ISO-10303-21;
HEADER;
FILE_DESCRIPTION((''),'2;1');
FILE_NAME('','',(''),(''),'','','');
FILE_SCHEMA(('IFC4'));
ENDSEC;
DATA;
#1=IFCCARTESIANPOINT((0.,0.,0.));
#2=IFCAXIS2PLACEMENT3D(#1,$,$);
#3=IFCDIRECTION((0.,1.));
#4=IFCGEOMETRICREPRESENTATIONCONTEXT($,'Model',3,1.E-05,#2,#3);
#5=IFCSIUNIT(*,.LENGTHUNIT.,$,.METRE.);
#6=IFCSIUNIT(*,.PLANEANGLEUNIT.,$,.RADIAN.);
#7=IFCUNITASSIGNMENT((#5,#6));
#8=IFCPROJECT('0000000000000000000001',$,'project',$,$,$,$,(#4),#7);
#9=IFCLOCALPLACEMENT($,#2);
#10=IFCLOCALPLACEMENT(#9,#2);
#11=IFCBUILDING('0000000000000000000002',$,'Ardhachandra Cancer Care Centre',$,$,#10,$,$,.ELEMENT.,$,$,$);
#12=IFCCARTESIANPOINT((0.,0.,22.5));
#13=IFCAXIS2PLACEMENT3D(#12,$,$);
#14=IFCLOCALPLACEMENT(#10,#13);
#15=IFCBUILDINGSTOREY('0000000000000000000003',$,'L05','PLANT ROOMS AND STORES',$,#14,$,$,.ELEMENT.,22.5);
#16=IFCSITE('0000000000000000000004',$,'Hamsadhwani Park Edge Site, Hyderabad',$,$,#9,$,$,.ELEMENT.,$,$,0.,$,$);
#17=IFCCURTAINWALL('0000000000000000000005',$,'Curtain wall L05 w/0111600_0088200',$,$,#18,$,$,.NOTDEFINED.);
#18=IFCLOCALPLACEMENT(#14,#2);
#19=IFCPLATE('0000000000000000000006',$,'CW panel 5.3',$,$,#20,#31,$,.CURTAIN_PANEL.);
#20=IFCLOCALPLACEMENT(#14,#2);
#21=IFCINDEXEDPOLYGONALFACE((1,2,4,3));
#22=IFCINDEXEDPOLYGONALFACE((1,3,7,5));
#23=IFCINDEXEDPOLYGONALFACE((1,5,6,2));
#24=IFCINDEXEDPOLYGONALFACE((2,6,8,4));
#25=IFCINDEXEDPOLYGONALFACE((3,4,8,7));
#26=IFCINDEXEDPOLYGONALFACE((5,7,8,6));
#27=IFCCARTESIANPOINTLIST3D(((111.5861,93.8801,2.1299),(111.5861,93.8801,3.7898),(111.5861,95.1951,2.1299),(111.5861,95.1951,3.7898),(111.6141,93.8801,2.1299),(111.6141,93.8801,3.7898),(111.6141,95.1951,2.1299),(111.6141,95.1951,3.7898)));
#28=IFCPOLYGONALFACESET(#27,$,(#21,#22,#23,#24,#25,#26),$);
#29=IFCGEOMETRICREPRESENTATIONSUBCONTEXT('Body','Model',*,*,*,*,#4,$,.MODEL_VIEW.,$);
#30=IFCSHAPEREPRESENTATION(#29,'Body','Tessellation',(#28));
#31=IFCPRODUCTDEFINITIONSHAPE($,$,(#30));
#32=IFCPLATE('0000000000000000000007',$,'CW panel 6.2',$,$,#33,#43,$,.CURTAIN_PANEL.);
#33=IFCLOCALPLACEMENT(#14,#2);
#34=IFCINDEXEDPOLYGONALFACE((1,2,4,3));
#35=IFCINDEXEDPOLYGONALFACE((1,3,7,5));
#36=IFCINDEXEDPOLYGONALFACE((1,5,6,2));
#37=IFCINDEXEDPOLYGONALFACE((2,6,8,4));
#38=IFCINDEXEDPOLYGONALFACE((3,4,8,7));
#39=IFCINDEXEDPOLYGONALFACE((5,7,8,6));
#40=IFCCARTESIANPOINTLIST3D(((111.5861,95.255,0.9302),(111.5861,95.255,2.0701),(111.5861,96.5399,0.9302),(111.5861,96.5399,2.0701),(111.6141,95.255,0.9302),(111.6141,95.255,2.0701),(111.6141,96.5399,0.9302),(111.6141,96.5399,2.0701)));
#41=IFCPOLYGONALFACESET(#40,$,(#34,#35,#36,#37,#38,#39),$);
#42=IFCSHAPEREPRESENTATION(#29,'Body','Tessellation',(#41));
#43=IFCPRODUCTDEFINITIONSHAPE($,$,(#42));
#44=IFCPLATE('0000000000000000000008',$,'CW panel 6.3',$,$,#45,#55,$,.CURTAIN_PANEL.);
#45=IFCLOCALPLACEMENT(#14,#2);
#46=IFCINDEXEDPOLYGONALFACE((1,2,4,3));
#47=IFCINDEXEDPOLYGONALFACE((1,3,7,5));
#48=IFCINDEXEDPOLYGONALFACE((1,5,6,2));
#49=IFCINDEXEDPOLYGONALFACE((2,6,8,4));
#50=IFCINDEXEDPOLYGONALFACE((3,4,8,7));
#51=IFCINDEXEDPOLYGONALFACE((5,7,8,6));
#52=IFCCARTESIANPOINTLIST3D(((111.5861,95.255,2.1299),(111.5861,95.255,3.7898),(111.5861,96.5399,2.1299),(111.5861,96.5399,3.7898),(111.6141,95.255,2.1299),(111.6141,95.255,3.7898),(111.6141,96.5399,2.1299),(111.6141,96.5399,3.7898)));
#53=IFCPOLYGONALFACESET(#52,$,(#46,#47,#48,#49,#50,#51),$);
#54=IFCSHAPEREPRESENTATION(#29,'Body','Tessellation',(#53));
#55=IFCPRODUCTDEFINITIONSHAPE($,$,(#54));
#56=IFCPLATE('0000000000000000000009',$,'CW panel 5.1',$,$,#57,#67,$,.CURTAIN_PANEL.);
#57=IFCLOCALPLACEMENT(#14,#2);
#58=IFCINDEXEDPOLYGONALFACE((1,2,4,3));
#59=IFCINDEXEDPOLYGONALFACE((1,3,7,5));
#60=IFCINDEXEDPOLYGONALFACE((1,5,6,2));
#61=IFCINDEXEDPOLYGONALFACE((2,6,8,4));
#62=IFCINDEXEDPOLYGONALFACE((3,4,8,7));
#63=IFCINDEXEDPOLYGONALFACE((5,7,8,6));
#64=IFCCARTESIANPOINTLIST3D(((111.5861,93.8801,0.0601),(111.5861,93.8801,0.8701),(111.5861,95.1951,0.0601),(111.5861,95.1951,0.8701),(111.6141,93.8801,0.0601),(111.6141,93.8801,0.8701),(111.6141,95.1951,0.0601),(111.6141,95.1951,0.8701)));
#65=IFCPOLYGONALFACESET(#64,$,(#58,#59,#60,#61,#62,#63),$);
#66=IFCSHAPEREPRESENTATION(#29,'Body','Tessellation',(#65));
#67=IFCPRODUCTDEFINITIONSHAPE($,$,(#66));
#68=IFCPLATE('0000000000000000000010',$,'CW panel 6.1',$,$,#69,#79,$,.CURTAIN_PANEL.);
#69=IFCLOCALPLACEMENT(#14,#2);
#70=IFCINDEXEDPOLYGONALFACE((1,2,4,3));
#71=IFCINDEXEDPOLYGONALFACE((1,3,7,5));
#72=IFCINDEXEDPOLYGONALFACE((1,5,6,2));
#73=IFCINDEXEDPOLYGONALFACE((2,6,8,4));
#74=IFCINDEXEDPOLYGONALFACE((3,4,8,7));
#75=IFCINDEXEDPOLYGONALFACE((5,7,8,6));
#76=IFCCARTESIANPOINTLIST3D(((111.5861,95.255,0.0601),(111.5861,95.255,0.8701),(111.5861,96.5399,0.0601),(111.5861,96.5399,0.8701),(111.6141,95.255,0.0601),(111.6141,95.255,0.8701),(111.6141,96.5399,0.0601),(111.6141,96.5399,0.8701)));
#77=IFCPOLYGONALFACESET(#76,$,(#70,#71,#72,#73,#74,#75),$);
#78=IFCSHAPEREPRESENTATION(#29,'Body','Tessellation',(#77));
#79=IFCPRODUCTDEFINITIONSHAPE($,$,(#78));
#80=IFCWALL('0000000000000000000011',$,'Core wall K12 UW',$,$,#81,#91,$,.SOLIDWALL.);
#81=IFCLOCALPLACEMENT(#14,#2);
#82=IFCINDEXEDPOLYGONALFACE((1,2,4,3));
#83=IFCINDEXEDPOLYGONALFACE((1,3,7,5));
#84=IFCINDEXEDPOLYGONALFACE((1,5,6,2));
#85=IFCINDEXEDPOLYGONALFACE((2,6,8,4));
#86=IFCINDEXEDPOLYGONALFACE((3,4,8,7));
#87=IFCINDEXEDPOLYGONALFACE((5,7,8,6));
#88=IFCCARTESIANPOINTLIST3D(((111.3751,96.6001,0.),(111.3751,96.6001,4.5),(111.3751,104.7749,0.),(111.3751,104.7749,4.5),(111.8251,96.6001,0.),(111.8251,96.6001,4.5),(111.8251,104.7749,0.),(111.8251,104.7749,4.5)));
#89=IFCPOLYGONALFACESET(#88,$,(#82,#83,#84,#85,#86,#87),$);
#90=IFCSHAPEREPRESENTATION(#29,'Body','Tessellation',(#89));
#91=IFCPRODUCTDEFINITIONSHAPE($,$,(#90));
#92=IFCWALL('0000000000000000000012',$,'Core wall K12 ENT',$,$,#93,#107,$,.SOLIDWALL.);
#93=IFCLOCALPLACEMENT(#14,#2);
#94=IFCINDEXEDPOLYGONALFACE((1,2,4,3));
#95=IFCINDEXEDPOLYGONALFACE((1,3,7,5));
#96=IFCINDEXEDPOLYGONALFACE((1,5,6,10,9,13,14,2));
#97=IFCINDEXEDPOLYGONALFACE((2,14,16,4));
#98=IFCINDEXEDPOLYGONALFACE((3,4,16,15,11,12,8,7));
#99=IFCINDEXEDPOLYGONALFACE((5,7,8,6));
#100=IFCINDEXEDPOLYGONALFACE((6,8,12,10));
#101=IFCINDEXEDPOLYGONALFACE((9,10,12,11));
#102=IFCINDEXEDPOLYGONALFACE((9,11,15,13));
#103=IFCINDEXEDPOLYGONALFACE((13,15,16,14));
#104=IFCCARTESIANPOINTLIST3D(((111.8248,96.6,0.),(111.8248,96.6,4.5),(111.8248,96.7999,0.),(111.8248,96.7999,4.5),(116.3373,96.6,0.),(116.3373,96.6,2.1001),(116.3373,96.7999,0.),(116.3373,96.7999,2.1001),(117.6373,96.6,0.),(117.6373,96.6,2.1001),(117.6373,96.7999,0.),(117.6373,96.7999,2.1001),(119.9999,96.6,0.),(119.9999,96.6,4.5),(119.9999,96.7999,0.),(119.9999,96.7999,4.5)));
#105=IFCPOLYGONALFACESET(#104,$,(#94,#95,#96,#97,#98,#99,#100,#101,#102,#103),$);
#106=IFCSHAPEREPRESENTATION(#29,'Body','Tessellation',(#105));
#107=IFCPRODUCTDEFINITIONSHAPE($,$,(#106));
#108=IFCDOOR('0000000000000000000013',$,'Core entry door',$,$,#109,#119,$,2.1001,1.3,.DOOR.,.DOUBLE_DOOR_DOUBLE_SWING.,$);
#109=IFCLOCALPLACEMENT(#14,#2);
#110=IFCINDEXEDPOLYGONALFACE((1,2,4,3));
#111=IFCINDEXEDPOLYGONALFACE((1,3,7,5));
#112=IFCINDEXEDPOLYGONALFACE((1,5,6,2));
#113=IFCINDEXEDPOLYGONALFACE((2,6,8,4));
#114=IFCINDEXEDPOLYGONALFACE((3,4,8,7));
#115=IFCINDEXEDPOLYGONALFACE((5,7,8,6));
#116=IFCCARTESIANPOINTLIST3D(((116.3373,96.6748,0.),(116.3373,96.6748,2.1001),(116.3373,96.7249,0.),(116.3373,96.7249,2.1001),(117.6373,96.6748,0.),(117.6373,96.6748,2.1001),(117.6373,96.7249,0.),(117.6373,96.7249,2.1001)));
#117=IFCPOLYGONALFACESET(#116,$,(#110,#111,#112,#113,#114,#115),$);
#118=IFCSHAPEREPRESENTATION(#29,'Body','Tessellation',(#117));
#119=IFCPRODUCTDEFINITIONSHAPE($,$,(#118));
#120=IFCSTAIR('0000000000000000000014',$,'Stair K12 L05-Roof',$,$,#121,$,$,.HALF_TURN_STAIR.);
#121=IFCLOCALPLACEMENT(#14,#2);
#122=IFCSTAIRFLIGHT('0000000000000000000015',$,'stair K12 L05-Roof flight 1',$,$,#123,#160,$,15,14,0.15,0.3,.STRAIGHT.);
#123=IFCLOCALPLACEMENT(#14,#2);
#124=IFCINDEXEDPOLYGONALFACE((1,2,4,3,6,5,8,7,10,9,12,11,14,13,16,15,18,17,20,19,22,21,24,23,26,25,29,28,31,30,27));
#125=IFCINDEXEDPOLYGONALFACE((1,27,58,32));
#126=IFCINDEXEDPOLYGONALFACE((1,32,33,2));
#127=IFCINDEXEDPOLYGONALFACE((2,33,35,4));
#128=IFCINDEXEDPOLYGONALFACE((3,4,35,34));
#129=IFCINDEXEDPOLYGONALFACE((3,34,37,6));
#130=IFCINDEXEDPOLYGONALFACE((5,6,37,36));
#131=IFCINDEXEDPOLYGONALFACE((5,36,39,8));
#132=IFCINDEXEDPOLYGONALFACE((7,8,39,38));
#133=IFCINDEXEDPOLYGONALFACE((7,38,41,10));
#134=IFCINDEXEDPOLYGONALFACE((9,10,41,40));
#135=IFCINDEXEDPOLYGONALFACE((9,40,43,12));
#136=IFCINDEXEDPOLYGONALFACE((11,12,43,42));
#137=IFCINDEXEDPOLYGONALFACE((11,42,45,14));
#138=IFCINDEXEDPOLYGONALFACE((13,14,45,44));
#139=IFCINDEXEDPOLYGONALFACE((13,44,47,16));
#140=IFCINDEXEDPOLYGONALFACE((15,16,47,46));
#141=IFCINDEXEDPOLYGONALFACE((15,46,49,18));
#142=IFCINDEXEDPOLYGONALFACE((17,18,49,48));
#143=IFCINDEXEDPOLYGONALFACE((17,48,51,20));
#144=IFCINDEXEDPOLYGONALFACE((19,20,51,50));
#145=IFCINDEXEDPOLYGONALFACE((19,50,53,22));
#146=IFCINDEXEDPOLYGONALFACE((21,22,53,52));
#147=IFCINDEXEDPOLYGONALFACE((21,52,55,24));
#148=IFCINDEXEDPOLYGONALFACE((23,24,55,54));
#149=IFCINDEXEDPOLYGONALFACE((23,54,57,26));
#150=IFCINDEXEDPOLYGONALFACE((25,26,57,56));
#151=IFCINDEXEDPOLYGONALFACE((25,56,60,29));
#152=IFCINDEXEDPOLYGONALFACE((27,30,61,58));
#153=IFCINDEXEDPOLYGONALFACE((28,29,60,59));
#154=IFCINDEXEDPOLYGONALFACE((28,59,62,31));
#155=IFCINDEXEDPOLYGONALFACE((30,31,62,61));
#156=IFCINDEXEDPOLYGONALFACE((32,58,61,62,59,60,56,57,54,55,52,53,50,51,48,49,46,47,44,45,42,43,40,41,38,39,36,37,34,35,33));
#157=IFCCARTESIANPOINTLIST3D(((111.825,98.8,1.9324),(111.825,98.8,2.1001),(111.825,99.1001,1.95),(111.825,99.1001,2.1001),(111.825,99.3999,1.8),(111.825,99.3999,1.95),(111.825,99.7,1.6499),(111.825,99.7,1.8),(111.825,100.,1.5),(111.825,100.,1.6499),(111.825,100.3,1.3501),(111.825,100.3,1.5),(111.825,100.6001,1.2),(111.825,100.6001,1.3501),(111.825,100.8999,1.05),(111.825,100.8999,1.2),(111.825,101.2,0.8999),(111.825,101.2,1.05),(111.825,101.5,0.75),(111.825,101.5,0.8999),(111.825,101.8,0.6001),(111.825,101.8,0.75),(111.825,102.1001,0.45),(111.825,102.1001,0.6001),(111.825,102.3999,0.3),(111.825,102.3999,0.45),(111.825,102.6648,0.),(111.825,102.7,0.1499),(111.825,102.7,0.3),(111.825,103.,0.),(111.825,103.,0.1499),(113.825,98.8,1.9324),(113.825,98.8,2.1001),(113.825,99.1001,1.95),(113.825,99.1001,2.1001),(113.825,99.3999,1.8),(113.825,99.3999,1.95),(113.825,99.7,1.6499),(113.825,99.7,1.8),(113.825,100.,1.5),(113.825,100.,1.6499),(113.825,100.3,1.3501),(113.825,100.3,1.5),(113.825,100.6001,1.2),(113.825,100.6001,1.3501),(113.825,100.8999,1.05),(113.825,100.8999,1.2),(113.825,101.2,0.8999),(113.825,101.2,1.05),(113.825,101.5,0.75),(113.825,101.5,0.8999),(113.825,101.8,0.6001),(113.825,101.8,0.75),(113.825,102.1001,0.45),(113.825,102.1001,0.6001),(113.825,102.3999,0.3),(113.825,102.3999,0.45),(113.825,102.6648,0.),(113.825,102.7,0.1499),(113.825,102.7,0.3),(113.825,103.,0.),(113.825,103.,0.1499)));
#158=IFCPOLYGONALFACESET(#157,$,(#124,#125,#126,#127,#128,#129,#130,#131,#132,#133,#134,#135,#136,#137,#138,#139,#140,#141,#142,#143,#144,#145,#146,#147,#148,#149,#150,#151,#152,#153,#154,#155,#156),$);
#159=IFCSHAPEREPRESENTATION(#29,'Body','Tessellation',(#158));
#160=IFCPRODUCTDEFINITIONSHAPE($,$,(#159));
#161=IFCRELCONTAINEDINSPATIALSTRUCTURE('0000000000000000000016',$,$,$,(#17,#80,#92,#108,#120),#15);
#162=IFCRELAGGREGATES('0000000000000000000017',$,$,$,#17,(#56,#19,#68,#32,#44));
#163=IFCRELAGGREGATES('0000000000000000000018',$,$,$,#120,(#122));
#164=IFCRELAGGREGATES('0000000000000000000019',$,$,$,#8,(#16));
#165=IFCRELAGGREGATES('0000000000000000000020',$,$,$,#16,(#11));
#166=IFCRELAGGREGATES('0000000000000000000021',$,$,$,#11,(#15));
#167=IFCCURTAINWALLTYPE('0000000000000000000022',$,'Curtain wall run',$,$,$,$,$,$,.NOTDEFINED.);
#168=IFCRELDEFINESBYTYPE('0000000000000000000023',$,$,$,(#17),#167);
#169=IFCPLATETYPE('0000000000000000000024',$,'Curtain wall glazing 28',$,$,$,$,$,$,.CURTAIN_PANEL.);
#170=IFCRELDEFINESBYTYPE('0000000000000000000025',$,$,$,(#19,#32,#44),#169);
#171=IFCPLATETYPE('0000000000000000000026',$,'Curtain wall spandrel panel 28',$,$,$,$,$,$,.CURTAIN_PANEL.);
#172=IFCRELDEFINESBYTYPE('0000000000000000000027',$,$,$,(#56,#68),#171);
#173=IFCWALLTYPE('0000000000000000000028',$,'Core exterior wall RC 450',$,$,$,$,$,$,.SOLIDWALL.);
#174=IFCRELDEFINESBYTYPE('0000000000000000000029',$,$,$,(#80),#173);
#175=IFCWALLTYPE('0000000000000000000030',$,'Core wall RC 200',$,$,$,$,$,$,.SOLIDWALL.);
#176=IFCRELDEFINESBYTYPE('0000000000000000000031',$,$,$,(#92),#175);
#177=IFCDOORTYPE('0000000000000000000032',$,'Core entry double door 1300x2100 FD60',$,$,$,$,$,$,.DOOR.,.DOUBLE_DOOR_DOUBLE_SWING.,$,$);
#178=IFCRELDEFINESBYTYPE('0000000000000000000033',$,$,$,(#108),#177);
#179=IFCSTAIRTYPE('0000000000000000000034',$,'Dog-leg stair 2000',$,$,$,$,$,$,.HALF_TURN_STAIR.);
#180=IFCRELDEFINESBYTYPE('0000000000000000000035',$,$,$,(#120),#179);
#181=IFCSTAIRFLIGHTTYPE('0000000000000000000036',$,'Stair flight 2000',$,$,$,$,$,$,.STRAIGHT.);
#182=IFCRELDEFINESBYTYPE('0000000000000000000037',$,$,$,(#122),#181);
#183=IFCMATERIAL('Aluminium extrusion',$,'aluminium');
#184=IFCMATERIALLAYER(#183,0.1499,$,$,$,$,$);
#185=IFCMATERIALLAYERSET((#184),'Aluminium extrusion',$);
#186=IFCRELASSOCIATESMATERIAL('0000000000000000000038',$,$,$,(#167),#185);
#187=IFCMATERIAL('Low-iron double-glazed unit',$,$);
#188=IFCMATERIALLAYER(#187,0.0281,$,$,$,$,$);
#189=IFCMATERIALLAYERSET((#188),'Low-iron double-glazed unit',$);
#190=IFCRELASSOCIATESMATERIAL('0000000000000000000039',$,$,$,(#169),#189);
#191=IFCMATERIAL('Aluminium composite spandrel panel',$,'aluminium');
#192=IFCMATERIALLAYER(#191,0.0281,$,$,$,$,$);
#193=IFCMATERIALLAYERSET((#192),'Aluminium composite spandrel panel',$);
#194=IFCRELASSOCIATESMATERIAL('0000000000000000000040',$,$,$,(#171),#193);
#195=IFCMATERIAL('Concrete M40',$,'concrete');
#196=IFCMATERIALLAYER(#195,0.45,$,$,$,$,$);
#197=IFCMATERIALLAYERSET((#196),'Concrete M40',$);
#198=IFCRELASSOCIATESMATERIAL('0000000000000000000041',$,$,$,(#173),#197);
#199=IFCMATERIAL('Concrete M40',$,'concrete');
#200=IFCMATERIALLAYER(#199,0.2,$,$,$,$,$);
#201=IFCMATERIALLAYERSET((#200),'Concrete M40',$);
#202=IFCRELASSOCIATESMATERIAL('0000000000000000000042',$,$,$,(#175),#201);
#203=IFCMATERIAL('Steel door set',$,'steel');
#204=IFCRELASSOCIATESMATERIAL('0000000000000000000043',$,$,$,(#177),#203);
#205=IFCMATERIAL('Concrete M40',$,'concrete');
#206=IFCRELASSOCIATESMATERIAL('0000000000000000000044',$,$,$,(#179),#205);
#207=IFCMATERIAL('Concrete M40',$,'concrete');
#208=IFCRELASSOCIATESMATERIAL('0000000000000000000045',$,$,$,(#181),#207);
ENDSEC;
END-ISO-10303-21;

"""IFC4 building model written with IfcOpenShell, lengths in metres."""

from ifc_helpers import new_model, si_unit, direction, frame, frame_2d, origin, origin_2d, place, context, subcontext, project, spatial, polyline, rectangle, outline, extrude, material, layer, layer_set, type_object, element, fill, aggregate, save


model = new_model("IFC4")

# Units and contexts
model_context = context("Model", 3, precision=1e-05, world=origin(), true_north=direction((0.0, 1.0)))
body_context = subcontext(model_context, "Body", "Model", "MODEL_VIEW")
ifc_project = project(units=[si_unit("LENGTHUNIT", "METRE"), si_unit("PLANEANGLEUNIT", "RADIAN")], contexts=[model_context])

# Site, building, storey
site_placement = place(None, origin())
site = spatial("IfcSite", under=ifc_project, at=site_placement, Name="Hamsadhwani Park Edge Site, Hyderabad", CompositionType="ELEMENT", RefElevation=0.0)
building_placement = place(site_placement, origin())
building = spatial("IfcBuilding", under=site, at=building_placement, Name="Ardhachandra Cancer Care Centre", CompositionType="ELEMENT")
storey_placement = place(building_placement, frame((0.0, 0.0, 22.5)))
storey = spatial("IfcBuildingStorey", under=building, at=storey_placement, Name="L05", Description="PLANT ROOMS AND STORES", CompositionType="ELEMENT", Elevation=22.5)

# Curtain wall, plates
ifc_material_1 = material(Name="Aluminium extrusion", Category="aluminium")
ifc_layer_1 = layer(ifc_material_1, 0.1499)
ifc_layer_set_1 = layer_set([ifc_layer_1], Name="Aluminium extrusion")
curtain_wall_type = type_object("IfcCurtainWallType", Name="Curtain wall run", PredefinedType="NOTDEFINED", material=ifc_layer_set_1)
curtain_wall_placement = place(storey_placement, origin())
curtain_wall = element("IfcCurtainWall", 1, at=curtain_wall_placement, inside=storey, type_object=curtain_wall_type, Name="Curtain wall L05 w/0111600_0088200", PredefinedType="NOTDEFINED")
ifc_material_2 = material(Name="Low-iron double-glazed unit")
ifc_layer_2 = layer(ifc_material_2, 0.0281)
ifc_layer_set_2 = layer_set([ifc_layer_2], Name="Low-iron double-glazed unit")
plate_type_1 = type_object("IfcPlateType", Name="Curtain wall glazing 28", PredefinedType="CURTAIN_PANEL", material=ifc_layer_set_2)
plate_1_placement = place(storey_placement, frame((111.6001, 94.5376, 2.1299), z_axis=(0.0, 0.0, 1.0), x_axis=(0.0, 1.0, 0.0)))
plate_1 = element("IfcPlate", 2, at=plate_1_placement, type_object=plate_type_1, Name="CW panel 5.3", PredefinedType="CURTAIN_PANEL", context=body_context, shape_type="SweptSolid", body=[
    extrude(rectangle(XDim=1.3149, YDim=0.0281, at=origin_2d()), origin(), (0.0, 0.0, 1.0), 1.6599),
])
plate_2_placement = place(storey_placement, frame((111.6001, 95.8975, 0.9302), z_axis=(0.0, 0.0, 1.0), x_axis=(0.0, 1.0, 0.0)))
plate_2 = element("IfcPlate", 3, at=plate_2_placement, type_object=plate_type_1, Name="CW panel 6.2", PredefinedType="CURTAIN_PANEL", context=body_context, shape_type="SweptSolid", body=[
    extrude(rectangle(XDim=1.2849, YDim=0.0281, at=origin_2d()), origin(), (0.0, 0.0, 1.0), 1.1399),
])
plate_3_placement = place(storey_placement, frame((111.6001, 95.8975, 2.1299), z_axis=(0.0, 0.0, 1.0), x_axis=(0.0, 1.0, 0.0)))
plate_3 = element("IfcPlate", 4, at=plate_3_placement, type_object=plate_type_1, Name="CW panel 6.3", PredefinedType="CURTAIN_PANEL", context=body_context, shape_type="SweptSolid", body=[
    extrude(rectangle(XDim=1.2849, YDim=0.0281, at=origin_2d()), origin(), (0.0, 0.0, 1.0), 1.6599),
])
ifc_material_3 = material(Name="Aluminium composite spandrel panel", Category="aluminium")
ifc_layer_3 = layer(ifc_material_3, 0.0281)
ifc_layer_set_3 = layer_set([ifc_layer_3], Name="Aluminium composite spandrel panel")
plate_type_2 = type_object("IfcPlateType", Name="Curtain wall spandrel panel 28", PredefinedType="CURTAIN_PANEL", material=ifc_layer_set_3)
plate_4_placement = place(storey_placement, frame((111.6001, 94.5376, 0.0601), z_axis=(0.0, 0.0, 1.0), x_axis=(0.0, 1.0, 0.0)))
plate_4 = element("IfcPlate", 5, at=plate_4_placement, type_object=plate_type_2, Name="CW panel 5.1", PredefinedType="CURTAIN_PANEL", context=body_context, shape_type="SweptSolid", body=[
    extrude(rectangle(XDim=1.3149, YDim=0.0281, at=origin_2d()), origin(), (0.0, 0.0, 1.0), 0.8101),
])
plate_5_placement = place(storey_placement, frame((111.6001, 95.8975, 0.0601), z_axis=(0.0, 0.0, 1.0), x_axis=(0.0, 1.0, 0.0)))
plate_5 = element("IfcPlate", 6, at=plate_5_placement, type_object=plate_type_2, Name="CW panel 6.1", PredefinedType="CURTAIN_PANEL", context=body_context, shape_type="SweptSolid", body=[
    extrude(rectangle(XDim=1.2849, YDim=0.0281, at=origin_2d()), origin(), (0.0, 0.0, 1.0), 0.8101),
])
aggregate(curtain_wall, [plate_4, plate_1, plate_5, plate_2, plate_3])

# Wall
ifc_material_4 = material(Name="Concrete M40", Category="concrete")
ifc_layer_4 = layer(ifc_material_4, 0.45)
ifc_layer_set_4 = layer_set([ifc_layer_4], Name="Concrete M40")
wall_type_1 = type_object("IfcWallType", Name="Core exterior wall RC 450", PredefinedType="SOLIDWALL", material=ifc_layer_set_4)
wall_1_placement = place(storey_placement, frame((111.6001, 96.6001, 0.0), z_axis=(0.0, 0.0, 1.0), x_axis=(0.0, 1.0, 0.0)))
element("IfcWall", 7, at=wall_1_placement, inside=storey, type_object=wall_type_1, Name="Core wall K12 UW", PredefinedType="SOLIDWALL", context=body_context, shape_type="SweptSolid", body=[
    extrude(rectangle(XDim=8.1748, YDim=0.45, at=frame_2d((4.0874, 0.0))), origin(), (0.0, 0.0, 1.0), 4.5),
])

# Wall, opening, door
ifc_material_5 = material(Name="Concrete M40", Category="concrete")
ifc_layer_5 = layer(ifc_material_5, 0.2)
ifc_layer_set_5 = layer_set([ifc_layer_5], Name="Concrete M40")
wall_type_2 = type_object("IfcWallType", Name="Core wall RC 200", PredefinedType="SOLIDWALL", material=ifc_layer_set_5)
wall_2_placement = place(storey_placement, frame((111.825, 96.7, 0.0), z_axis=(0.0, 0.0, 1.0), x_axis=(1.0, 0.0, 0.0)))
wall_2 = element("IfcWall", 8, at=wall_2_placement, inside=storey, type_object=wall_type_2, Name="Core wall K12 ENT", PredefinedType="SOLIDWALL", context=body_context, shape_type="SweptSolid", body=[
    extrude(rectangle(XDim=8.175, YDim=0.2, at=frame_2d((4.0874, 0.0))), origin(), (0.0, 0.0, 1.0), 4.5),
])
opening_placement = place(wall_2_placement, frame((4.5125, 0.0, 0.0)))
opening = element("IfcOpeningElement", 9, at=opening_placement, cuts=wall_2, PredefinedType="OPENING", context=body_context, shape_type="SweptSolid", body=[
    extrude(rectangle(XDim=1.3, YDim=2.1001, at=frame_2d((0.6499, 1.05))), frame((0.0, 0.1099, 0.0), z_axis=(0.0, -1.0, 0.0), x_axis=(1.0, 0.0, 0.0)), (0.0, 0.0, 1.0), 0.22),
])
ifc_material_6 = material(Name="Steel door set", Category="steel")
door_type = type_object("IfcDoorType", Name="Core entry double door 1300x2100 FD60", OperationType="DOUBLE_DOOR_DOUBLE_SWING", PredefinedType="DOOR", material=ifc_material_6)
door_placement = place(opening_placement, origin())
door = element("IfcDoor", 10, at=door_placement, inside=storey, type_object=door_type, Name="Core entry door", OperationType="DOUBLE_DOOR_DOUBLE_SWING", OverallHeight=2.1001, OverallWidth=1.3, PredefinedType="DOOR", context=body_context, shape_type="SweptSolid", body=[
    extrude(rectangle(XDim=1.3, YDim=2.1001, at=frame_2d((0.6499, 1.05))), frame((0.0, 0.0249, 0.0), z_axis=(0.0, -1.0, 0.0), x_axis=(1.0, 0.0, 0.0)), (0.0, 0.0, 1.0), 0.05),
])
fill(opening, door)

# Stair, stair flight
ifc_material_7 = material(Name="Concrete M40", Category="concrete")
stair_type = type_object("IfcStairType", Name="Dog-leg stair 2000", PredefinedType="HALF_TURN_STAIR", material=ifc_material_7)
stair_placement = place(storey_placement, origin())
stair = element("IfcStair", 11, at=stair_placement, inside=storey, type_object=stair_type, Name="Stair K12 L05-Roof", PredefinedType="HALF_TURN_STAIR")
ifc_material_8 = material(Name="Concrete M40", Category="concrete")
stair_flight_type = type_object("IfcStairFlightType", Name="Stair flight 2000", PredefinedType="STRAIGHT", material=ifc_material_8)
stair_flight_placement = place(storey_placement, frame((112.825, 103.0, 0.0), z_axis=(0.0, 0.0, 1.0), x_axis=(0.0, -1.0, 0.0)))
stair_flight = element("IfcStairFlight", 12, at=stair_flight_placement, type_object=stair_flight_type, Name="stair K12 L05-Roof flight 1", NumberOfRisers=15, NumberOfTreads=14, PredefinedType="STRAIGHT", RiserHeight=0.15, TreadLength=0.3, context=body_context, shape_type="SweptSolid", body=[
    extrude(outline(polyline([(0.0, 0.0), (0.0, 0.1499), (0.3, 0.1499), (0.3, 0.3), (0.6001, 0.3), (0.6001, 0.45), (0.8999, 0.45), (0.8999, 0.6001), (1.2, 0.6001), (1.2, 0.75), (1.5, 0.75), (1.5, 0.8999), (1.8, 0.8999), (1.8, 1.05), (2.1001, 1.05), (2.1001, 1.2), (2.3999, 1.2), (2.3999, 1.3501), (2.7, 1.3501), (2.7, 1.5), (3.0, 1.5), (3.0, 1.6499), (3.3, 1.6499), (3.3, 1.8), (3.6001, 1.8), (3.6001, 1.95), (3.8999, 1.95), (3.8999, 2.1001), (4.2, 2.1001), (4.2, 2.25), (4.2, 1.9324), (0.3352, 0.0), (0.0, 0.0)])), frame((0.0, 1.0, 0.0), z_axis=(0.0, -1.0, 0.0), x_axis=(1.0, 0.0, 0.0)), (0.0, 0.0, 1.0), 2.0),
])
aggregate(stair, [stair_flight])

save(model, "model.ifc")
